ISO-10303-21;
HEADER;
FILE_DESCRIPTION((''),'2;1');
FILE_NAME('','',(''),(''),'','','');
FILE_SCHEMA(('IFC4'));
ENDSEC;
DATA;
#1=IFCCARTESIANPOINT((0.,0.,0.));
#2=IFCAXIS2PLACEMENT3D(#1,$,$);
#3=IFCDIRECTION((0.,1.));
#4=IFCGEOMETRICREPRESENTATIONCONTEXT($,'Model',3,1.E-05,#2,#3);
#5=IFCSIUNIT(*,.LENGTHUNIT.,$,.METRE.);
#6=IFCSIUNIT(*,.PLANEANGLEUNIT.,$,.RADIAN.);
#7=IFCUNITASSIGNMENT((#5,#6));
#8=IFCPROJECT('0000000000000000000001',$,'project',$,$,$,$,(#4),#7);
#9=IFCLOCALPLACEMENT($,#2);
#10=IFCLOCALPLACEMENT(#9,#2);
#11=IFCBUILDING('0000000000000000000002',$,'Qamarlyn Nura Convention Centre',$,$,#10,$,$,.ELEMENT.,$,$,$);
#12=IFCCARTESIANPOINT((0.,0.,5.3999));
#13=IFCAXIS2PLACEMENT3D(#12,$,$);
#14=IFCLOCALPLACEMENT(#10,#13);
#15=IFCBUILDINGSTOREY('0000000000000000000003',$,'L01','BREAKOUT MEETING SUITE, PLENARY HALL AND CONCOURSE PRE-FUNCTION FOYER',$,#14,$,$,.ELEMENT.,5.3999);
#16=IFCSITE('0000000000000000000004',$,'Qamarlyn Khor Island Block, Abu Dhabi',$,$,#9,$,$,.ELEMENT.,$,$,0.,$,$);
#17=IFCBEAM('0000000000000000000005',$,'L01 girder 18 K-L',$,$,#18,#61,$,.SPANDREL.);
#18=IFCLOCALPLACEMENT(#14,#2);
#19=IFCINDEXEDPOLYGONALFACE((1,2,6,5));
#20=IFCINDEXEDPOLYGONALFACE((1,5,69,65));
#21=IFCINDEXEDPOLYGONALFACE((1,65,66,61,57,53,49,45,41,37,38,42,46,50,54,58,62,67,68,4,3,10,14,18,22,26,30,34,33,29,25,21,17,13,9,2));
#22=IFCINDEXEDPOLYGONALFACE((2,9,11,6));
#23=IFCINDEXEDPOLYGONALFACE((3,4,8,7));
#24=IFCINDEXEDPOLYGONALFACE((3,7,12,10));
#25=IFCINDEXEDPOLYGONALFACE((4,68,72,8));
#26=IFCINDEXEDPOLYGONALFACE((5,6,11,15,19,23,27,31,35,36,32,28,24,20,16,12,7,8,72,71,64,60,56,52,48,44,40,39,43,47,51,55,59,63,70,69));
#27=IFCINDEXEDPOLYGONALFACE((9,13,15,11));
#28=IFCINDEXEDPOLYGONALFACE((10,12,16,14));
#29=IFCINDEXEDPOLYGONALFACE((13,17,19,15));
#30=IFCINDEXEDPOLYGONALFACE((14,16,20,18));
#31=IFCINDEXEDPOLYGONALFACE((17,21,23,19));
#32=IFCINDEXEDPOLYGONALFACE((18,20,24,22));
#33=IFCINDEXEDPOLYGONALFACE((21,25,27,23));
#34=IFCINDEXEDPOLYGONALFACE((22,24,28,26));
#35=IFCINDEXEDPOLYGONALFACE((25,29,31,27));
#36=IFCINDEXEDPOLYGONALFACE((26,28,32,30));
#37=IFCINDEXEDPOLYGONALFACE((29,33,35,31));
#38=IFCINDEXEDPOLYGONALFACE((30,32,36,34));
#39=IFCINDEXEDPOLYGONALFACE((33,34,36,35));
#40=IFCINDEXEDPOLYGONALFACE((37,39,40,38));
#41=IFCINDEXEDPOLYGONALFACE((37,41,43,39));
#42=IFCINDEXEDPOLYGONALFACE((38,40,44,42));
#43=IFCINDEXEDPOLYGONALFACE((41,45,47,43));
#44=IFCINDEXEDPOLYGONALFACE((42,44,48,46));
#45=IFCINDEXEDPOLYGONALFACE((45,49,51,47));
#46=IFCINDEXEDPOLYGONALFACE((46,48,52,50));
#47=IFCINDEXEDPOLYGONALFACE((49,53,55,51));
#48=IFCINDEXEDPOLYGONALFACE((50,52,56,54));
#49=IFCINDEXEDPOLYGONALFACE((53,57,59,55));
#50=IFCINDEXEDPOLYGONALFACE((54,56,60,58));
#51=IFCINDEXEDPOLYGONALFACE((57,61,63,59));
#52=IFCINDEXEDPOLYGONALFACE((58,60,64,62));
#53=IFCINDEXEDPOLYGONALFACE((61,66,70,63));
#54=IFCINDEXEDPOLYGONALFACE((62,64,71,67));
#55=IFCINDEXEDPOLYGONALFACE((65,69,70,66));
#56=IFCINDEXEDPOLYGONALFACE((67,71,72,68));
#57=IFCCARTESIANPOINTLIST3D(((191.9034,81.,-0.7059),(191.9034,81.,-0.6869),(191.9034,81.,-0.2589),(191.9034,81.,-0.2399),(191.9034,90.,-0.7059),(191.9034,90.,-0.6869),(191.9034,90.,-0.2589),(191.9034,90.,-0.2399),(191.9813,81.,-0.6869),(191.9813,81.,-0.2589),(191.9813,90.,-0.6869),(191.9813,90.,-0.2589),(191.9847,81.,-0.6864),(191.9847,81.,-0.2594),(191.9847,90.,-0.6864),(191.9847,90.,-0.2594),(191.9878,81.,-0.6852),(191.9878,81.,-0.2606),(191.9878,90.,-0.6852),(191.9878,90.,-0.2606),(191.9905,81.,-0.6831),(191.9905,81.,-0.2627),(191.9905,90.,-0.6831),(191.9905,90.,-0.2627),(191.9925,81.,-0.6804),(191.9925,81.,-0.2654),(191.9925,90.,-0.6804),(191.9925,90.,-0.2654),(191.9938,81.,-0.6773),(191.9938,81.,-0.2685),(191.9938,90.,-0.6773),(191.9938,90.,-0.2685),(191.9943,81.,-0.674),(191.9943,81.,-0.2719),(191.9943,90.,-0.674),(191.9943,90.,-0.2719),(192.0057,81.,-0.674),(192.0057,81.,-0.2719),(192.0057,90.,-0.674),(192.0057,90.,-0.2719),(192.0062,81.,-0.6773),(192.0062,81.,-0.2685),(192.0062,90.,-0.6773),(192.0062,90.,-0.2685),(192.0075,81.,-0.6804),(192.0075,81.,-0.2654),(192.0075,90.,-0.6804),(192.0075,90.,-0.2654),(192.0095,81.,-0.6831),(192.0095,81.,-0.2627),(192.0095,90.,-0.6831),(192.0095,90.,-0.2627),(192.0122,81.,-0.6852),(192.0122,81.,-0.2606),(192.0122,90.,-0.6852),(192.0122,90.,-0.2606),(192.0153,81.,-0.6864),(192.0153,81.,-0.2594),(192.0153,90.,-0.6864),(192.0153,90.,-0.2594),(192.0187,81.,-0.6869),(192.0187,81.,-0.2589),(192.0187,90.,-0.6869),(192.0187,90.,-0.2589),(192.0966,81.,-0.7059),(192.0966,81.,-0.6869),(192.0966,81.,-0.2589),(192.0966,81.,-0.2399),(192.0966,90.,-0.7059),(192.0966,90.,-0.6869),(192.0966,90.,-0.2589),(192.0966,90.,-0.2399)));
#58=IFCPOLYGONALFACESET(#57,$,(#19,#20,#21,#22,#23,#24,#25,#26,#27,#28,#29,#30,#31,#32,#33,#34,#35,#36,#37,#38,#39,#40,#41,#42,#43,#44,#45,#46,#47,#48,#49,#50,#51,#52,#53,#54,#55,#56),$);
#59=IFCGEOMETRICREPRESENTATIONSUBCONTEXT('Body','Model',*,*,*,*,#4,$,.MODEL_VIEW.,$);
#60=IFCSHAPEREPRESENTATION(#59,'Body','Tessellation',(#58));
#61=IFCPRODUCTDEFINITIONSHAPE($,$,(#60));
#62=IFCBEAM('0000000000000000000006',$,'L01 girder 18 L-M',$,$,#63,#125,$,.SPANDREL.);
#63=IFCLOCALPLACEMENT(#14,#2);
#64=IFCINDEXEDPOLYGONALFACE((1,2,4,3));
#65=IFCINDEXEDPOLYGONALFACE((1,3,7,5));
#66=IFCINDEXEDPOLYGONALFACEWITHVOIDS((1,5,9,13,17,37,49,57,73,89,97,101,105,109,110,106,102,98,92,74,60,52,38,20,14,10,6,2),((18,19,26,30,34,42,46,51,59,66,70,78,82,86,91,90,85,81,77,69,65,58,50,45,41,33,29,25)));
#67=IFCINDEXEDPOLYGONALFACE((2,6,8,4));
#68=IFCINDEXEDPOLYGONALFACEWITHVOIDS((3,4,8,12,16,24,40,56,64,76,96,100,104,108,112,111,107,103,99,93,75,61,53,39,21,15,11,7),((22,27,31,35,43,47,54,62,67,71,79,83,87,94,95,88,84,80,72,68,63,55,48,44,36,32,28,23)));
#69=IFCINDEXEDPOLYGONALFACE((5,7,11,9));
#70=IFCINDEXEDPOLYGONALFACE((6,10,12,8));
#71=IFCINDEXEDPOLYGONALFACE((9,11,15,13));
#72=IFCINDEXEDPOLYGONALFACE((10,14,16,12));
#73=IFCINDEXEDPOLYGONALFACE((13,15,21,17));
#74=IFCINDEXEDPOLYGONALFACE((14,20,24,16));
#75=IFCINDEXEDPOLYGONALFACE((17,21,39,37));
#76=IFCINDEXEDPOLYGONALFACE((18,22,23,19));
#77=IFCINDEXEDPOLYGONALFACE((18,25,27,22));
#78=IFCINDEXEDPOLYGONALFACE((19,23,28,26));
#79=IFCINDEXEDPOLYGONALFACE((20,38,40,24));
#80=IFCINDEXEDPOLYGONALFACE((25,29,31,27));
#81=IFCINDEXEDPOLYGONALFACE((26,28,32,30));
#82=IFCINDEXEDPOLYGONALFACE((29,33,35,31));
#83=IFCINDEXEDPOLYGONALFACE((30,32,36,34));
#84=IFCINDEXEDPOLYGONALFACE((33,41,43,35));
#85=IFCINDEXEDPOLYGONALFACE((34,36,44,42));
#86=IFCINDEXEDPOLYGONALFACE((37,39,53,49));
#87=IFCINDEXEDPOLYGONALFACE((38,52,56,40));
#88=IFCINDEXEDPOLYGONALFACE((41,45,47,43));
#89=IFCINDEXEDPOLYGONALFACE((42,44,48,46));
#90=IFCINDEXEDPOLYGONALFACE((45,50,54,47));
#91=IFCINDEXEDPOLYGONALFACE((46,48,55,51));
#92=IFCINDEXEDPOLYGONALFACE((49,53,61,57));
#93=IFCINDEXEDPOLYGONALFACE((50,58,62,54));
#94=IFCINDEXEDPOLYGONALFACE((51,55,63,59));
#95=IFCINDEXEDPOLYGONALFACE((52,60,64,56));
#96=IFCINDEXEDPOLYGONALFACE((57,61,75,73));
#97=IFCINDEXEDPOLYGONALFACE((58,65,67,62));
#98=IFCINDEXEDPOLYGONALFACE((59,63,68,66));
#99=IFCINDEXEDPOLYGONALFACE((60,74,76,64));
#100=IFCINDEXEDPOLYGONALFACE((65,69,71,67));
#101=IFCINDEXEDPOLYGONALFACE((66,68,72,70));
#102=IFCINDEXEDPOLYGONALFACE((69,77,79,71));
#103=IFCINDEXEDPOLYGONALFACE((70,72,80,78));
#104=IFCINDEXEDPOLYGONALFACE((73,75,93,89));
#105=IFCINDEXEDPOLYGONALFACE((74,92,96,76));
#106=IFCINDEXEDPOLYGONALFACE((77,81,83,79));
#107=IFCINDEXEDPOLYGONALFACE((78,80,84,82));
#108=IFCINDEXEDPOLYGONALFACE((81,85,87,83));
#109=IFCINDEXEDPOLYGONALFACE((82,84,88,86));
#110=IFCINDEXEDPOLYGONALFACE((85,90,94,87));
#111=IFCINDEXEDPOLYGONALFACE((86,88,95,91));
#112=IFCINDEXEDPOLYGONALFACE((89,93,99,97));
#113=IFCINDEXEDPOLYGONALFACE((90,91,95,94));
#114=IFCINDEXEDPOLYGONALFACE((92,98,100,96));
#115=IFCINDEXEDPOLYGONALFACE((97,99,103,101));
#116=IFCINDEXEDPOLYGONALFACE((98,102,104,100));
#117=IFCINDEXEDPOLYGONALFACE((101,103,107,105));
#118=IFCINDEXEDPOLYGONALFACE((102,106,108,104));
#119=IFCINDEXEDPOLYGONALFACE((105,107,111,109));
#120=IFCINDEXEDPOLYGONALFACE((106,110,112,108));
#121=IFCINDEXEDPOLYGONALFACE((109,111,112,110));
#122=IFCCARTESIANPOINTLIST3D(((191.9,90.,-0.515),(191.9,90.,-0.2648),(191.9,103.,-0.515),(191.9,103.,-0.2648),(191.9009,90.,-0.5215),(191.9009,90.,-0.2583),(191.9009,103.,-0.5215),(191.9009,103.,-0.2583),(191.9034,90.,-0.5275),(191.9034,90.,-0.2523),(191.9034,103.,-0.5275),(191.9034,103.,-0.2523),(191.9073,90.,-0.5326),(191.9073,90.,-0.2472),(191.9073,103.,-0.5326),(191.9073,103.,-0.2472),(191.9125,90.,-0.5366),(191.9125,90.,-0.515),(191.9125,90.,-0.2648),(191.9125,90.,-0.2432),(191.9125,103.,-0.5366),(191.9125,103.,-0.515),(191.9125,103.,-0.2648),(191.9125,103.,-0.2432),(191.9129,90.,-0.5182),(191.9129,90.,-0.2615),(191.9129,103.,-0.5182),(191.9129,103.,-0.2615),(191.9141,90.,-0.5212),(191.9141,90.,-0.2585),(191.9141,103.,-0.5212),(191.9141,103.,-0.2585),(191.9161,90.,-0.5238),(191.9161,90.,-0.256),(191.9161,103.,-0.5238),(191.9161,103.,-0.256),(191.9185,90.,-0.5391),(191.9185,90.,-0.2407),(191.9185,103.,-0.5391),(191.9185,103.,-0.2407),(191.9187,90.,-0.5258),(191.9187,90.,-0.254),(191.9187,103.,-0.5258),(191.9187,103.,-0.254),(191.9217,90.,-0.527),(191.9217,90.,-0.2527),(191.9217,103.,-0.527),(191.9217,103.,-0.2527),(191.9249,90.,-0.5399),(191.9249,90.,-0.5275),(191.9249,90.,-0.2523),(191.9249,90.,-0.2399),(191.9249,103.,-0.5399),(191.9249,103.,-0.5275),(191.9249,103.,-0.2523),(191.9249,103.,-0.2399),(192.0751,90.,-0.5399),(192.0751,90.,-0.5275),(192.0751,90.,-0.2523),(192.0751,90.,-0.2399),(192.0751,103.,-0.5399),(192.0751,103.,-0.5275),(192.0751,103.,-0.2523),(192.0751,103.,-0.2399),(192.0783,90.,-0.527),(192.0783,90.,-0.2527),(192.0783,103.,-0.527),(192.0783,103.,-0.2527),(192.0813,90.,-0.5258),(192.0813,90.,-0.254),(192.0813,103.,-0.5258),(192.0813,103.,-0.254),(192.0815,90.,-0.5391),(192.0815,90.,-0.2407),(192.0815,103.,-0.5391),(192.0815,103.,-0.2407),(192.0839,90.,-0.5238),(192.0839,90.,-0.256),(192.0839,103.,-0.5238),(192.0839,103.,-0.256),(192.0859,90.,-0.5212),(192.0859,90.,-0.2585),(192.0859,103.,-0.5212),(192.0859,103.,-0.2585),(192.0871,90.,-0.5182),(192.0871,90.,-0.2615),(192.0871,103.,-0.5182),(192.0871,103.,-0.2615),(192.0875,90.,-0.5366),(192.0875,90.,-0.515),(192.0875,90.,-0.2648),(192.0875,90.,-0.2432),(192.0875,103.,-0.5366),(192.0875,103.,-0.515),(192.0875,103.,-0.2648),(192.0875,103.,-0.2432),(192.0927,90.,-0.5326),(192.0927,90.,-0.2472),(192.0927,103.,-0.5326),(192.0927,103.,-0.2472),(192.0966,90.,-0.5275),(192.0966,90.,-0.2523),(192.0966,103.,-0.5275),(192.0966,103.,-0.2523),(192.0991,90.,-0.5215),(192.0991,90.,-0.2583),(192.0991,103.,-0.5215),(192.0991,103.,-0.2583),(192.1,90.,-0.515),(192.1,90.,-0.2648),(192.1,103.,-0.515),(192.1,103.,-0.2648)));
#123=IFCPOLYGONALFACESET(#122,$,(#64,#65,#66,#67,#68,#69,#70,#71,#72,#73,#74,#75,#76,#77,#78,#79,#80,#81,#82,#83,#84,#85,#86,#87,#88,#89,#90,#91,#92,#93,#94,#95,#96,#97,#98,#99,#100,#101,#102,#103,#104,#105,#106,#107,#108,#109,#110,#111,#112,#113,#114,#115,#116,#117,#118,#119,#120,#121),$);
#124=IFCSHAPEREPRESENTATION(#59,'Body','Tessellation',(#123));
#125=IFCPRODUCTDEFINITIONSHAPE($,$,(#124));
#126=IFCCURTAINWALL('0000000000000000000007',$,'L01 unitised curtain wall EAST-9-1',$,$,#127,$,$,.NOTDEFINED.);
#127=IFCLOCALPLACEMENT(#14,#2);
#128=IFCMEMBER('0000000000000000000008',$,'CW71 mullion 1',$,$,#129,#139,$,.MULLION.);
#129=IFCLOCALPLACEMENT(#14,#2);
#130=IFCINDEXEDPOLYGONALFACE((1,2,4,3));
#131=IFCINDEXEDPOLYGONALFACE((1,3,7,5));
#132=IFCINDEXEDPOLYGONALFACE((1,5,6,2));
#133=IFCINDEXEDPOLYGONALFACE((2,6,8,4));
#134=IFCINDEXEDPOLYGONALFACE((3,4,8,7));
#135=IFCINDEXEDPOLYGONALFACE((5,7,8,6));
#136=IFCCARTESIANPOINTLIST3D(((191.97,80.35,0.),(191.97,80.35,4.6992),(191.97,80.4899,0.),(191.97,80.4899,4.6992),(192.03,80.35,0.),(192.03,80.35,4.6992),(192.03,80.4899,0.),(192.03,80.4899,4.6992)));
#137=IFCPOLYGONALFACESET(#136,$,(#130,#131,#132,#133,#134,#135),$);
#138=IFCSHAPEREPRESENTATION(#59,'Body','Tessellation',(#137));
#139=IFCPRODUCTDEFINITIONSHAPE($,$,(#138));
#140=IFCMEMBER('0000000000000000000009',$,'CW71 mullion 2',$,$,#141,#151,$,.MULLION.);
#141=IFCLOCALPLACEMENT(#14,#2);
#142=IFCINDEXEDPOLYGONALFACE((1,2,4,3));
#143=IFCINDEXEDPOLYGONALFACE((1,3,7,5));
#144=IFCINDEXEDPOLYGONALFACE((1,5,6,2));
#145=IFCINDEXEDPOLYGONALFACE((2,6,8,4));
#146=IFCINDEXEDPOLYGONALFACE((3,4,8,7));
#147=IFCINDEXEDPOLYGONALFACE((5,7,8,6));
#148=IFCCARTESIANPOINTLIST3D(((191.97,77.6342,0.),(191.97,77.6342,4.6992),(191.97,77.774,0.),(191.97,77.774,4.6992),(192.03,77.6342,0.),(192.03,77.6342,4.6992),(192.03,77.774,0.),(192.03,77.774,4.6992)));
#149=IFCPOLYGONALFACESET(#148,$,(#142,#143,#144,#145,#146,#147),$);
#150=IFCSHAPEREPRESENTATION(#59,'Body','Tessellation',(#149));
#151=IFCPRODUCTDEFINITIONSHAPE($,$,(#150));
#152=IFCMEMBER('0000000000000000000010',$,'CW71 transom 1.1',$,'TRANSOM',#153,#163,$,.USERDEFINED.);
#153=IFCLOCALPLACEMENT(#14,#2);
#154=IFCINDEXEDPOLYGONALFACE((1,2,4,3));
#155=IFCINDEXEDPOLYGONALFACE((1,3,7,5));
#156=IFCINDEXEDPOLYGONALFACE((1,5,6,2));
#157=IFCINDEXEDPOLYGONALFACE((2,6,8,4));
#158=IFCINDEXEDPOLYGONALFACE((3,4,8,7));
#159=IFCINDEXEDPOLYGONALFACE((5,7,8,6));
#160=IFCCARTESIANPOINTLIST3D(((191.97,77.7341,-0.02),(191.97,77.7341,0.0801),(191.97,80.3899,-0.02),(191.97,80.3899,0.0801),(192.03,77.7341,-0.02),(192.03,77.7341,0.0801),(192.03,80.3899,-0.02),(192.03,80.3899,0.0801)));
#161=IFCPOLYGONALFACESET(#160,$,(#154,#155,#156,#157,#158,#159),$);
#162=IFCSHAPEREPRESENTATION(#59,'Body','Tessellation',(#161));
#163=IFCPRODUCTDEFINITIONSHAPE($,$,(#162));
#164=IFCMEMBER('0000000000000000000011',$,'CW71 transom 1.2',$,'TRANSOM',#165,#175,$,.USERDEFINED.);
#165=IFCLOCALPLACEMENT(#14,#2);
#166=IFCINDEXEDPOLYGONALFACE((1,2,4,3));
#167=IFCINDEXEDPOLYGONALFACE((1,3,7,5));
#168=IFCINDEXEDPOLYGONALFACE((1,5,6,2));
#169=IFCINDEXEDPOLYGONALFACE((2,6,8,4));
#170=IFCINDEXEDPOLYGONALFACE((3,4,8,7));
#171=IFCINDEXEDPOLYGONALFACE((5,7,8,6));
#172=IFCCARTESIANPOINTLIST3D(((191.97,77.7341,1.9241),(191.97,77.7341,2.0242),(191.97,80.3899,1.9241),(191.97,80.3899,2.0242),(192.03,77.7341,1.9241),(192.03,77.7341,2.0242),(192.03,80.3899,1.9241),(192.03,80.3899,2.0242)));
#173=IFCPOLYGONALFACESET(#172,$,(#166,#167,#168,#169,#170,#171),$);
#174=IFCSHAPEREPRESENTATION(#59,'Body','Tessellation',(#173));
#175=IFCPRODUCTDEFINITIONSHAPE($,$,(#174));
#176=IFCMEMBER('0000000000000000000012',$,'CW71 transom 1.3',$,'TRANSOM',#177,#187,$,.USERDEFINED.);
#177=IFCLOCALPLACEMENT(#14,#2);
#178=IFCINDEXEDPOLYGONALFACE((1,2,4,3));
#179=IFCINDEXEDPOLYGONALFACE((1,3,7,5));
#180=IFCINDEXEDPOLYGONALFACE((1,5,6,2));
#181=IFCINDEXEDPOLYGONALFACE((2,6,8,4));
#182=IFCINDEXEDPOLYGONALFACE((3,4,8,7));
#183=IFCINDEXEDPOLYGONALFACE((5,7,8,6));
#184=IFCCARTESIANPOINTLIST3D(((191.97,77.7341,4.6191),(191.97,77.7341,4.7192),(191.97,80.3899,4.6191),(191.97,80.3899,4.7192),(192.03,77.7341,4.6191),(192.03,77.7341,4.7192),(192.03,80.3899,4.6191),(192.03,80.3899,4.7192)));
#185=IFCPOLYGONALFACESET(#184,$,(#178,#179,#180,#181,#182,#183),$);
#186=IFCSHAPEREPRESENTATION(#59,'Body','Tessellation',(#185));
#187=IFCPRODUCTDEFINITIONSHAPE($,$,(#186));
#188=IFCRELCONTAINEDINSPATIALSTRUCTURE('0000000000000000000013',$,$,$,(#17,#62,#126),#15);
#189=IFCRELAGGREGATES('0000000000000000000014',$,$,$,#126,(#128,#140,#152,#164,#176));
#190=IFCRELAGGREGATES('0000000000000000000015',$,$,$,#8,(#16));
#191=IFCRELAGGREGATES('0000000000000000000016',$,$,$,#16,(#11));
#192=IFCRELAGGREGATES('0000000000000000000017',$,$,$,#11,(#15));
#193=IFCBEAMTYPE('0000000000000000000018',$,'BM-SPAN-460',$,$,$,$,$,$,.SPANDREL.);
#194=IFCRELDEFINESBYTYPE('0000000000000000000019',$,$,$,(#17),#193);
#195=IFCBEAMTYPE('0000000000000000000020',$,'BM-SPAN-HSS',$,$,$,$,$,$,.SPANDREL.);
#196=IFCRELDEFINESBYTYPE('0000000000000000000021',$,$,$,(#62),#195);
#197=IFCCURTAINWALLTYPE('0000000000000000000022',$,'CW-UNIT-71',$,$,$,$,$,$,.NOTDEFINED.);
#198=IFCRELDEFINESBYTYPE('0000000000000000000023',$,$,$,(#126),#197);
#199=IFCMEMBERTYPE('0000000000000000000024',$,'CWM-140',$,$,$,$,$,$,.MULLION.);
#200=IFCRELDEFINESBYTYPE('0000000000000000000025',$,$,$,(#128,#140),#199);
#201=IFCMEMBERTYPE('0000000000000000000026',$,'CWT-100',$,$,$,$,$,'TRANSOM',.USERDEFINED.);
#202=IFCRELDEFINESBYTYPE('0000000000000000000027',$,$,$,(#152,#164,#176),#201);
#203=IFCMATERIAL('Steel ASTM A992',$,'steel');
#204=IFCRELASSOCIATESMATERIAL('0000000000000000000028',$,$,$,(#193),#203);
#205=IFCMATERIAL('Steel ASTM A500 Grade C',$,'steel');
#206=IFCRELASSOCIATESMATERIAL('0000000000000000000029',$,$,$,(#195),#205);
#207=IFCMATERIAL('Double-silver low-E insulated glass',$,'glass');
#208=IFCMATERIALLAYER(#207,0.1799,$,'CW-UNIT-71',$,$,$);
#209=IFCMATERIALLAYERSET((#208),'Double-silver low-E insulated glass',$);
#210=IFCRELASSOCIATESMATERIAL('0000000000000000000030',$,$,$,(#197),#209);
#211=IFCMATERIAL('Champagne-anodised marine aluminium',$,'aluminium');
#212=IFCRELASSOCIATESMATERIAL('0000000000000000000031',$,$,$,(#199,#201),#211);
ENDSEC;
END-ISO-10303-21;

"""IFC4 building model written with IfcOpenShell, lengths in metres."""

from ifc_helpers import new_model, si_unit, direction, frame, origin, origin_2d, place, context, subcontext, project, spatial, rectangle, hollow_rectangle, i_section, extrude, material, layer, layer_set, material_profile, profile_set, type_object, element, aggregate, save


model = new_model("IFC4")

# Units and contexts
model_context = context("Model", 3, precision=1e-05, world=origin(), true_north=direction((0.0, 1.0)))
body_context = subcontext(model_context, "Body", "Model", "MODEL_VIEW")
ifc_project = project(units=[si_unit("LENGTHUNIT", "METRE"), si_unit("PLANEANGLEUNIT", "RADIAN")], contexts=[model_context])

# Site, building, storey
site_placement = place(None, origin())
site = spatial("IfcSite", under=ifc_project, at=site_placement, Name="Qamarlyn Khor Island Block, Abu Dhabi", CompositionType="ELEMENT", RefElevation=0.0)
building_placement = place(site_placement, origin())
building = spatial("IfcBuilding", under=site, at=building_placement, Name="Qamarlyn Nura Convention Centre", CompositionType="ELEMENT")
storey_placement = place(building_placement, frame((0.0, 0.0, 5.3999)))
storey = spatial("IfcBuildingStorey", under=building, at=storey_placement, Name="L01", Description="BREAKOUT MEETING SUITE, PLENARY HALL AND CONCOURSE PRE-FUNCTION FOYER", CompositionType="ELEMENT", Elevation=5.3999)

# Shared definitions
ifc_material_1 = material(Name="Steel ASTM A500 Grade C", Category="steel")
ifc_material_2 = material(Name="Steel ASTM A992", Category="steel")

# Beams
ifc_material_profile_1 = material_profile(ifc_material_2, i_section(OverallWidth=0.1931, OverallDepth=0.4661, WebThickness=0.0115, FlangeThickness=0.019, FilletRadius=0.0129, at=origin_2d()), Name="W460X97")
ifc_profile_set_1 = profile_set([ifc_material_profile_1], Name="Steel ASTM A992")
beam_type_1 = type_object("IfcBeamType", Name="BM-SPAN-460", PredefinedType="SPANDREL", material=ifc_profile_set_1)
beam_1_placement = place(storey_placement, frame((192.0, 81.0, -0.4729), z_axis=(0.0, 1.0, 0.0), x_axis=(-1.0, 0.0, 0.0)))
element("IfcBeam", 1, at=beam_1_placement, inside=storey, type_object=beam_type_1, Name="L01 girder 18 K-L", PredefinedType="SPANDREL", context=body_context, shape_type="SweptSolid", body=[
    extrude(i_section(OverallWidth=0.1931, OverallDepth=0.4661, WebThickness=0.0115, FlangeThickness=0.019, FilletRadius=0.0129, at=origin_2d()), origin(), (0.0, 0.0, 1.0), 9.0),
])
ifc_material_profile_2 = material_profile(ifc_material_1, hollow_rectangle(XDim=0.2, YDim=0.3, WallThickness=0.0125, InnerFilletRadius=0.0125, OuterFilletRadius=0.0249, at=origin_2d()), Name="HSS300X200X12.5")
ifc_profile_set_2 = profile_set([ifc_material_profile_2], Name="Steel ASTM A500 Grade C")
beam_type_2 = type_object("IfcBeamType", Name="BM-SPAN-HSS", PredefinedType="SPANDREL", material=ifc_profile_set_2)
beam_2_placement = place(storey_placement, frame((192.0, 90.0, -0.3899), z_axis=(0.0, 1.0, 0.0), x_axis=(-1.0, 0.0, 0.0)))
element("IfcBeam", 2, at=beam_2_placement, inside=storey, type_object=beam_type_2, Name="L01 girder 18 L-M", PredefinedType="SPANDREL", context=body_context, shape_type="SweptSolid", body=[
    extrude(hollow_rectangle(XDim=0.2, YDim=0.3, WallThickness=0.0125, InnerFilletRadius=0.0125, OuterFilletRadius=0.0249, at=origin_2d()), origin(), (0.0, 0.0, 1.0), 13.0),
])

# Curtain wall, members
ifc_material_3 = material(Name="Double-silver low-E insulated glass", Category="glass")
ifc_layer_1 = layer(ifc_material_3, 0.1799, Name="CW-UNIT-71")
ifc_layer_set_1 = layer_set([ifc_layer_1], Name="Double-silver low-E insulated glass")
curtain_wall_type = type_object("IfcCurtainWallType", Name="CW-UNIT-71", PredefinedType="NOTDEFINED", material=ifc_layer_set_1)
curtain_wall_placement = place(storey_placement, origin())
curtain_wall = element("IfcCurtainWall", 3, at=curtain_wall_placement, inside=storey, type_object=curtain_wall_type, Name="L01 unitised curtain wall EAST-9-1", PredefinedType="NOTDEFINED")
ifc_material_4 = material(Name="Champagne-anodised marine aluminium", Category="aluminium")
ifc_material_profile_3 = material_profile(ifc_material_4, rectangle(XDim=0.0601, YDim=0.1399, at=origin_2d()), Name="ALU MULLION 60x140")
ifc_profile_set_3 = profile_set([ifc_material_profile_3], Name="Champagne-anodised marine aluminium")
member_type_1 = type_object("IfcMemberType", Name="CWM-140", PredefinedType="MULLION", material=ifc_profile_set_3)
member_1_placement = place(storey_placement, frame((192.0, 80.4199, 0.0), z_axis=(0.0, 0.0, 1.0), x_axis=(1.0, 0.0, 0.0)))
member_1 = element("IfcMember", 4, at=member_1_placement, type_object=member_type_1, Name="CW71 mullion 1", PredefinedType="MULLION", context=body_context, shape_type="SweptSolid", body=[
    extrude(rectangle(XDim=0.0601, YDim=0.1399, at=origin_2d()), origin(), (0.0, 0.0, 1.0), 4.6992),
])
member_2_placement = place(storey_placement, frame((192.0, 77.7041, 0.0), z_axis=(0.0, 0.0, 1.0), x_axis=(1.0, 0.0, 0.0)))
member_2 = element("IfcMember", 5, at=member_2_placement, type_object=member_type_1, Name="CW71 mullion 2", PredefinedType="MULLION", context=body_context, shape_type="SweptSolid", body=[
    extrude(rectangle(XDim=0.0601, YDim=0.1399, at=origin_2d()), origin(), (0.0, 0.0, 1.0), 4.6992),
])
ifc_material_profile_4 = material_profile(ifc_material_4, rectangle(XDim=0.0601, YDim=0.1001, at=origin_2d()), Name="ALU TRANSOM 60x100")
ifc_profile_set_4 = profile_set([ifc_material_profile_4], Name="Champagne-anodised marine aluminium")
member_type_2 = type_object("IfcMemberType", Name="CWT-100", ElementType="TRANSOM", PredefinedType="USERDEFINED", material=ifc_profile_set_4)
member_3_placement = place(storey_placement, frame((192.0, 80.3899, 0.03), z_axis=(0.0, -1.0, 0.0), x_axis=(1.0, 0.0, 0.0)))
member_3 = element("IfcMember", 6, at=member_3_placement, type_object=member_type_2, Name="CW71 transom 1.1", ObjectType="TRANSOM", PredefinedType="USERDEFINED", context=body_context, shape_type="SweptSolid", body=[
    extrude(rectangle(XDim=0.0601, YDim=0.1001, at=origin_2d()), origin(), (0.0, 0.0, 1.0), 2.6558),
])
member_4_placement = place(storey_placement, frame((192.0, 80.3899, 1.9741), z_axis=(0.0, -1.0, 0.0), x_axis=(1.0, 0.0, 0.0)))
member_4 = element("IfcMember", 7, at=member_4_placement, type_object=member_type_2, Name="CW71 transom 1.2", ObjectType="TRANSOM", PredefinedType="USERDEFINED", context=body_context, shape_type="SweptSolid", body=[
    extrude(rectangle(XDim=0.0601, YDim=0.1001, at=origin_2d()), origin(), (0.0, 0.0, 1.0), 2.6558),
])
member_5_placement = place(storey_placement, frame((192.0, 80.3899, 4.6692), z_axis=(0.0, -1.0, 0.0), x_axis=(1.0, 0.0, 0.0)))
member_5 = element("IfcMember", 8, at=member_5_placement, type_object=member_type_2, Name="CW71 transom 1.3", ObjectType="TRANSOM", PredefinedType="USERDEFINED", context=body_context, shape_type="SweptSolid", body=[
    extrude(rectangle(XDim=0.0601, YDim=0.1001, at=origin_2d()), origin(), (0.0, 0.0, 1.0), 2.6558),
])
aggregate(curtain_wall, [member_1, member_2, member_3, member_4, member_5])

save(model, "model.ifc")
